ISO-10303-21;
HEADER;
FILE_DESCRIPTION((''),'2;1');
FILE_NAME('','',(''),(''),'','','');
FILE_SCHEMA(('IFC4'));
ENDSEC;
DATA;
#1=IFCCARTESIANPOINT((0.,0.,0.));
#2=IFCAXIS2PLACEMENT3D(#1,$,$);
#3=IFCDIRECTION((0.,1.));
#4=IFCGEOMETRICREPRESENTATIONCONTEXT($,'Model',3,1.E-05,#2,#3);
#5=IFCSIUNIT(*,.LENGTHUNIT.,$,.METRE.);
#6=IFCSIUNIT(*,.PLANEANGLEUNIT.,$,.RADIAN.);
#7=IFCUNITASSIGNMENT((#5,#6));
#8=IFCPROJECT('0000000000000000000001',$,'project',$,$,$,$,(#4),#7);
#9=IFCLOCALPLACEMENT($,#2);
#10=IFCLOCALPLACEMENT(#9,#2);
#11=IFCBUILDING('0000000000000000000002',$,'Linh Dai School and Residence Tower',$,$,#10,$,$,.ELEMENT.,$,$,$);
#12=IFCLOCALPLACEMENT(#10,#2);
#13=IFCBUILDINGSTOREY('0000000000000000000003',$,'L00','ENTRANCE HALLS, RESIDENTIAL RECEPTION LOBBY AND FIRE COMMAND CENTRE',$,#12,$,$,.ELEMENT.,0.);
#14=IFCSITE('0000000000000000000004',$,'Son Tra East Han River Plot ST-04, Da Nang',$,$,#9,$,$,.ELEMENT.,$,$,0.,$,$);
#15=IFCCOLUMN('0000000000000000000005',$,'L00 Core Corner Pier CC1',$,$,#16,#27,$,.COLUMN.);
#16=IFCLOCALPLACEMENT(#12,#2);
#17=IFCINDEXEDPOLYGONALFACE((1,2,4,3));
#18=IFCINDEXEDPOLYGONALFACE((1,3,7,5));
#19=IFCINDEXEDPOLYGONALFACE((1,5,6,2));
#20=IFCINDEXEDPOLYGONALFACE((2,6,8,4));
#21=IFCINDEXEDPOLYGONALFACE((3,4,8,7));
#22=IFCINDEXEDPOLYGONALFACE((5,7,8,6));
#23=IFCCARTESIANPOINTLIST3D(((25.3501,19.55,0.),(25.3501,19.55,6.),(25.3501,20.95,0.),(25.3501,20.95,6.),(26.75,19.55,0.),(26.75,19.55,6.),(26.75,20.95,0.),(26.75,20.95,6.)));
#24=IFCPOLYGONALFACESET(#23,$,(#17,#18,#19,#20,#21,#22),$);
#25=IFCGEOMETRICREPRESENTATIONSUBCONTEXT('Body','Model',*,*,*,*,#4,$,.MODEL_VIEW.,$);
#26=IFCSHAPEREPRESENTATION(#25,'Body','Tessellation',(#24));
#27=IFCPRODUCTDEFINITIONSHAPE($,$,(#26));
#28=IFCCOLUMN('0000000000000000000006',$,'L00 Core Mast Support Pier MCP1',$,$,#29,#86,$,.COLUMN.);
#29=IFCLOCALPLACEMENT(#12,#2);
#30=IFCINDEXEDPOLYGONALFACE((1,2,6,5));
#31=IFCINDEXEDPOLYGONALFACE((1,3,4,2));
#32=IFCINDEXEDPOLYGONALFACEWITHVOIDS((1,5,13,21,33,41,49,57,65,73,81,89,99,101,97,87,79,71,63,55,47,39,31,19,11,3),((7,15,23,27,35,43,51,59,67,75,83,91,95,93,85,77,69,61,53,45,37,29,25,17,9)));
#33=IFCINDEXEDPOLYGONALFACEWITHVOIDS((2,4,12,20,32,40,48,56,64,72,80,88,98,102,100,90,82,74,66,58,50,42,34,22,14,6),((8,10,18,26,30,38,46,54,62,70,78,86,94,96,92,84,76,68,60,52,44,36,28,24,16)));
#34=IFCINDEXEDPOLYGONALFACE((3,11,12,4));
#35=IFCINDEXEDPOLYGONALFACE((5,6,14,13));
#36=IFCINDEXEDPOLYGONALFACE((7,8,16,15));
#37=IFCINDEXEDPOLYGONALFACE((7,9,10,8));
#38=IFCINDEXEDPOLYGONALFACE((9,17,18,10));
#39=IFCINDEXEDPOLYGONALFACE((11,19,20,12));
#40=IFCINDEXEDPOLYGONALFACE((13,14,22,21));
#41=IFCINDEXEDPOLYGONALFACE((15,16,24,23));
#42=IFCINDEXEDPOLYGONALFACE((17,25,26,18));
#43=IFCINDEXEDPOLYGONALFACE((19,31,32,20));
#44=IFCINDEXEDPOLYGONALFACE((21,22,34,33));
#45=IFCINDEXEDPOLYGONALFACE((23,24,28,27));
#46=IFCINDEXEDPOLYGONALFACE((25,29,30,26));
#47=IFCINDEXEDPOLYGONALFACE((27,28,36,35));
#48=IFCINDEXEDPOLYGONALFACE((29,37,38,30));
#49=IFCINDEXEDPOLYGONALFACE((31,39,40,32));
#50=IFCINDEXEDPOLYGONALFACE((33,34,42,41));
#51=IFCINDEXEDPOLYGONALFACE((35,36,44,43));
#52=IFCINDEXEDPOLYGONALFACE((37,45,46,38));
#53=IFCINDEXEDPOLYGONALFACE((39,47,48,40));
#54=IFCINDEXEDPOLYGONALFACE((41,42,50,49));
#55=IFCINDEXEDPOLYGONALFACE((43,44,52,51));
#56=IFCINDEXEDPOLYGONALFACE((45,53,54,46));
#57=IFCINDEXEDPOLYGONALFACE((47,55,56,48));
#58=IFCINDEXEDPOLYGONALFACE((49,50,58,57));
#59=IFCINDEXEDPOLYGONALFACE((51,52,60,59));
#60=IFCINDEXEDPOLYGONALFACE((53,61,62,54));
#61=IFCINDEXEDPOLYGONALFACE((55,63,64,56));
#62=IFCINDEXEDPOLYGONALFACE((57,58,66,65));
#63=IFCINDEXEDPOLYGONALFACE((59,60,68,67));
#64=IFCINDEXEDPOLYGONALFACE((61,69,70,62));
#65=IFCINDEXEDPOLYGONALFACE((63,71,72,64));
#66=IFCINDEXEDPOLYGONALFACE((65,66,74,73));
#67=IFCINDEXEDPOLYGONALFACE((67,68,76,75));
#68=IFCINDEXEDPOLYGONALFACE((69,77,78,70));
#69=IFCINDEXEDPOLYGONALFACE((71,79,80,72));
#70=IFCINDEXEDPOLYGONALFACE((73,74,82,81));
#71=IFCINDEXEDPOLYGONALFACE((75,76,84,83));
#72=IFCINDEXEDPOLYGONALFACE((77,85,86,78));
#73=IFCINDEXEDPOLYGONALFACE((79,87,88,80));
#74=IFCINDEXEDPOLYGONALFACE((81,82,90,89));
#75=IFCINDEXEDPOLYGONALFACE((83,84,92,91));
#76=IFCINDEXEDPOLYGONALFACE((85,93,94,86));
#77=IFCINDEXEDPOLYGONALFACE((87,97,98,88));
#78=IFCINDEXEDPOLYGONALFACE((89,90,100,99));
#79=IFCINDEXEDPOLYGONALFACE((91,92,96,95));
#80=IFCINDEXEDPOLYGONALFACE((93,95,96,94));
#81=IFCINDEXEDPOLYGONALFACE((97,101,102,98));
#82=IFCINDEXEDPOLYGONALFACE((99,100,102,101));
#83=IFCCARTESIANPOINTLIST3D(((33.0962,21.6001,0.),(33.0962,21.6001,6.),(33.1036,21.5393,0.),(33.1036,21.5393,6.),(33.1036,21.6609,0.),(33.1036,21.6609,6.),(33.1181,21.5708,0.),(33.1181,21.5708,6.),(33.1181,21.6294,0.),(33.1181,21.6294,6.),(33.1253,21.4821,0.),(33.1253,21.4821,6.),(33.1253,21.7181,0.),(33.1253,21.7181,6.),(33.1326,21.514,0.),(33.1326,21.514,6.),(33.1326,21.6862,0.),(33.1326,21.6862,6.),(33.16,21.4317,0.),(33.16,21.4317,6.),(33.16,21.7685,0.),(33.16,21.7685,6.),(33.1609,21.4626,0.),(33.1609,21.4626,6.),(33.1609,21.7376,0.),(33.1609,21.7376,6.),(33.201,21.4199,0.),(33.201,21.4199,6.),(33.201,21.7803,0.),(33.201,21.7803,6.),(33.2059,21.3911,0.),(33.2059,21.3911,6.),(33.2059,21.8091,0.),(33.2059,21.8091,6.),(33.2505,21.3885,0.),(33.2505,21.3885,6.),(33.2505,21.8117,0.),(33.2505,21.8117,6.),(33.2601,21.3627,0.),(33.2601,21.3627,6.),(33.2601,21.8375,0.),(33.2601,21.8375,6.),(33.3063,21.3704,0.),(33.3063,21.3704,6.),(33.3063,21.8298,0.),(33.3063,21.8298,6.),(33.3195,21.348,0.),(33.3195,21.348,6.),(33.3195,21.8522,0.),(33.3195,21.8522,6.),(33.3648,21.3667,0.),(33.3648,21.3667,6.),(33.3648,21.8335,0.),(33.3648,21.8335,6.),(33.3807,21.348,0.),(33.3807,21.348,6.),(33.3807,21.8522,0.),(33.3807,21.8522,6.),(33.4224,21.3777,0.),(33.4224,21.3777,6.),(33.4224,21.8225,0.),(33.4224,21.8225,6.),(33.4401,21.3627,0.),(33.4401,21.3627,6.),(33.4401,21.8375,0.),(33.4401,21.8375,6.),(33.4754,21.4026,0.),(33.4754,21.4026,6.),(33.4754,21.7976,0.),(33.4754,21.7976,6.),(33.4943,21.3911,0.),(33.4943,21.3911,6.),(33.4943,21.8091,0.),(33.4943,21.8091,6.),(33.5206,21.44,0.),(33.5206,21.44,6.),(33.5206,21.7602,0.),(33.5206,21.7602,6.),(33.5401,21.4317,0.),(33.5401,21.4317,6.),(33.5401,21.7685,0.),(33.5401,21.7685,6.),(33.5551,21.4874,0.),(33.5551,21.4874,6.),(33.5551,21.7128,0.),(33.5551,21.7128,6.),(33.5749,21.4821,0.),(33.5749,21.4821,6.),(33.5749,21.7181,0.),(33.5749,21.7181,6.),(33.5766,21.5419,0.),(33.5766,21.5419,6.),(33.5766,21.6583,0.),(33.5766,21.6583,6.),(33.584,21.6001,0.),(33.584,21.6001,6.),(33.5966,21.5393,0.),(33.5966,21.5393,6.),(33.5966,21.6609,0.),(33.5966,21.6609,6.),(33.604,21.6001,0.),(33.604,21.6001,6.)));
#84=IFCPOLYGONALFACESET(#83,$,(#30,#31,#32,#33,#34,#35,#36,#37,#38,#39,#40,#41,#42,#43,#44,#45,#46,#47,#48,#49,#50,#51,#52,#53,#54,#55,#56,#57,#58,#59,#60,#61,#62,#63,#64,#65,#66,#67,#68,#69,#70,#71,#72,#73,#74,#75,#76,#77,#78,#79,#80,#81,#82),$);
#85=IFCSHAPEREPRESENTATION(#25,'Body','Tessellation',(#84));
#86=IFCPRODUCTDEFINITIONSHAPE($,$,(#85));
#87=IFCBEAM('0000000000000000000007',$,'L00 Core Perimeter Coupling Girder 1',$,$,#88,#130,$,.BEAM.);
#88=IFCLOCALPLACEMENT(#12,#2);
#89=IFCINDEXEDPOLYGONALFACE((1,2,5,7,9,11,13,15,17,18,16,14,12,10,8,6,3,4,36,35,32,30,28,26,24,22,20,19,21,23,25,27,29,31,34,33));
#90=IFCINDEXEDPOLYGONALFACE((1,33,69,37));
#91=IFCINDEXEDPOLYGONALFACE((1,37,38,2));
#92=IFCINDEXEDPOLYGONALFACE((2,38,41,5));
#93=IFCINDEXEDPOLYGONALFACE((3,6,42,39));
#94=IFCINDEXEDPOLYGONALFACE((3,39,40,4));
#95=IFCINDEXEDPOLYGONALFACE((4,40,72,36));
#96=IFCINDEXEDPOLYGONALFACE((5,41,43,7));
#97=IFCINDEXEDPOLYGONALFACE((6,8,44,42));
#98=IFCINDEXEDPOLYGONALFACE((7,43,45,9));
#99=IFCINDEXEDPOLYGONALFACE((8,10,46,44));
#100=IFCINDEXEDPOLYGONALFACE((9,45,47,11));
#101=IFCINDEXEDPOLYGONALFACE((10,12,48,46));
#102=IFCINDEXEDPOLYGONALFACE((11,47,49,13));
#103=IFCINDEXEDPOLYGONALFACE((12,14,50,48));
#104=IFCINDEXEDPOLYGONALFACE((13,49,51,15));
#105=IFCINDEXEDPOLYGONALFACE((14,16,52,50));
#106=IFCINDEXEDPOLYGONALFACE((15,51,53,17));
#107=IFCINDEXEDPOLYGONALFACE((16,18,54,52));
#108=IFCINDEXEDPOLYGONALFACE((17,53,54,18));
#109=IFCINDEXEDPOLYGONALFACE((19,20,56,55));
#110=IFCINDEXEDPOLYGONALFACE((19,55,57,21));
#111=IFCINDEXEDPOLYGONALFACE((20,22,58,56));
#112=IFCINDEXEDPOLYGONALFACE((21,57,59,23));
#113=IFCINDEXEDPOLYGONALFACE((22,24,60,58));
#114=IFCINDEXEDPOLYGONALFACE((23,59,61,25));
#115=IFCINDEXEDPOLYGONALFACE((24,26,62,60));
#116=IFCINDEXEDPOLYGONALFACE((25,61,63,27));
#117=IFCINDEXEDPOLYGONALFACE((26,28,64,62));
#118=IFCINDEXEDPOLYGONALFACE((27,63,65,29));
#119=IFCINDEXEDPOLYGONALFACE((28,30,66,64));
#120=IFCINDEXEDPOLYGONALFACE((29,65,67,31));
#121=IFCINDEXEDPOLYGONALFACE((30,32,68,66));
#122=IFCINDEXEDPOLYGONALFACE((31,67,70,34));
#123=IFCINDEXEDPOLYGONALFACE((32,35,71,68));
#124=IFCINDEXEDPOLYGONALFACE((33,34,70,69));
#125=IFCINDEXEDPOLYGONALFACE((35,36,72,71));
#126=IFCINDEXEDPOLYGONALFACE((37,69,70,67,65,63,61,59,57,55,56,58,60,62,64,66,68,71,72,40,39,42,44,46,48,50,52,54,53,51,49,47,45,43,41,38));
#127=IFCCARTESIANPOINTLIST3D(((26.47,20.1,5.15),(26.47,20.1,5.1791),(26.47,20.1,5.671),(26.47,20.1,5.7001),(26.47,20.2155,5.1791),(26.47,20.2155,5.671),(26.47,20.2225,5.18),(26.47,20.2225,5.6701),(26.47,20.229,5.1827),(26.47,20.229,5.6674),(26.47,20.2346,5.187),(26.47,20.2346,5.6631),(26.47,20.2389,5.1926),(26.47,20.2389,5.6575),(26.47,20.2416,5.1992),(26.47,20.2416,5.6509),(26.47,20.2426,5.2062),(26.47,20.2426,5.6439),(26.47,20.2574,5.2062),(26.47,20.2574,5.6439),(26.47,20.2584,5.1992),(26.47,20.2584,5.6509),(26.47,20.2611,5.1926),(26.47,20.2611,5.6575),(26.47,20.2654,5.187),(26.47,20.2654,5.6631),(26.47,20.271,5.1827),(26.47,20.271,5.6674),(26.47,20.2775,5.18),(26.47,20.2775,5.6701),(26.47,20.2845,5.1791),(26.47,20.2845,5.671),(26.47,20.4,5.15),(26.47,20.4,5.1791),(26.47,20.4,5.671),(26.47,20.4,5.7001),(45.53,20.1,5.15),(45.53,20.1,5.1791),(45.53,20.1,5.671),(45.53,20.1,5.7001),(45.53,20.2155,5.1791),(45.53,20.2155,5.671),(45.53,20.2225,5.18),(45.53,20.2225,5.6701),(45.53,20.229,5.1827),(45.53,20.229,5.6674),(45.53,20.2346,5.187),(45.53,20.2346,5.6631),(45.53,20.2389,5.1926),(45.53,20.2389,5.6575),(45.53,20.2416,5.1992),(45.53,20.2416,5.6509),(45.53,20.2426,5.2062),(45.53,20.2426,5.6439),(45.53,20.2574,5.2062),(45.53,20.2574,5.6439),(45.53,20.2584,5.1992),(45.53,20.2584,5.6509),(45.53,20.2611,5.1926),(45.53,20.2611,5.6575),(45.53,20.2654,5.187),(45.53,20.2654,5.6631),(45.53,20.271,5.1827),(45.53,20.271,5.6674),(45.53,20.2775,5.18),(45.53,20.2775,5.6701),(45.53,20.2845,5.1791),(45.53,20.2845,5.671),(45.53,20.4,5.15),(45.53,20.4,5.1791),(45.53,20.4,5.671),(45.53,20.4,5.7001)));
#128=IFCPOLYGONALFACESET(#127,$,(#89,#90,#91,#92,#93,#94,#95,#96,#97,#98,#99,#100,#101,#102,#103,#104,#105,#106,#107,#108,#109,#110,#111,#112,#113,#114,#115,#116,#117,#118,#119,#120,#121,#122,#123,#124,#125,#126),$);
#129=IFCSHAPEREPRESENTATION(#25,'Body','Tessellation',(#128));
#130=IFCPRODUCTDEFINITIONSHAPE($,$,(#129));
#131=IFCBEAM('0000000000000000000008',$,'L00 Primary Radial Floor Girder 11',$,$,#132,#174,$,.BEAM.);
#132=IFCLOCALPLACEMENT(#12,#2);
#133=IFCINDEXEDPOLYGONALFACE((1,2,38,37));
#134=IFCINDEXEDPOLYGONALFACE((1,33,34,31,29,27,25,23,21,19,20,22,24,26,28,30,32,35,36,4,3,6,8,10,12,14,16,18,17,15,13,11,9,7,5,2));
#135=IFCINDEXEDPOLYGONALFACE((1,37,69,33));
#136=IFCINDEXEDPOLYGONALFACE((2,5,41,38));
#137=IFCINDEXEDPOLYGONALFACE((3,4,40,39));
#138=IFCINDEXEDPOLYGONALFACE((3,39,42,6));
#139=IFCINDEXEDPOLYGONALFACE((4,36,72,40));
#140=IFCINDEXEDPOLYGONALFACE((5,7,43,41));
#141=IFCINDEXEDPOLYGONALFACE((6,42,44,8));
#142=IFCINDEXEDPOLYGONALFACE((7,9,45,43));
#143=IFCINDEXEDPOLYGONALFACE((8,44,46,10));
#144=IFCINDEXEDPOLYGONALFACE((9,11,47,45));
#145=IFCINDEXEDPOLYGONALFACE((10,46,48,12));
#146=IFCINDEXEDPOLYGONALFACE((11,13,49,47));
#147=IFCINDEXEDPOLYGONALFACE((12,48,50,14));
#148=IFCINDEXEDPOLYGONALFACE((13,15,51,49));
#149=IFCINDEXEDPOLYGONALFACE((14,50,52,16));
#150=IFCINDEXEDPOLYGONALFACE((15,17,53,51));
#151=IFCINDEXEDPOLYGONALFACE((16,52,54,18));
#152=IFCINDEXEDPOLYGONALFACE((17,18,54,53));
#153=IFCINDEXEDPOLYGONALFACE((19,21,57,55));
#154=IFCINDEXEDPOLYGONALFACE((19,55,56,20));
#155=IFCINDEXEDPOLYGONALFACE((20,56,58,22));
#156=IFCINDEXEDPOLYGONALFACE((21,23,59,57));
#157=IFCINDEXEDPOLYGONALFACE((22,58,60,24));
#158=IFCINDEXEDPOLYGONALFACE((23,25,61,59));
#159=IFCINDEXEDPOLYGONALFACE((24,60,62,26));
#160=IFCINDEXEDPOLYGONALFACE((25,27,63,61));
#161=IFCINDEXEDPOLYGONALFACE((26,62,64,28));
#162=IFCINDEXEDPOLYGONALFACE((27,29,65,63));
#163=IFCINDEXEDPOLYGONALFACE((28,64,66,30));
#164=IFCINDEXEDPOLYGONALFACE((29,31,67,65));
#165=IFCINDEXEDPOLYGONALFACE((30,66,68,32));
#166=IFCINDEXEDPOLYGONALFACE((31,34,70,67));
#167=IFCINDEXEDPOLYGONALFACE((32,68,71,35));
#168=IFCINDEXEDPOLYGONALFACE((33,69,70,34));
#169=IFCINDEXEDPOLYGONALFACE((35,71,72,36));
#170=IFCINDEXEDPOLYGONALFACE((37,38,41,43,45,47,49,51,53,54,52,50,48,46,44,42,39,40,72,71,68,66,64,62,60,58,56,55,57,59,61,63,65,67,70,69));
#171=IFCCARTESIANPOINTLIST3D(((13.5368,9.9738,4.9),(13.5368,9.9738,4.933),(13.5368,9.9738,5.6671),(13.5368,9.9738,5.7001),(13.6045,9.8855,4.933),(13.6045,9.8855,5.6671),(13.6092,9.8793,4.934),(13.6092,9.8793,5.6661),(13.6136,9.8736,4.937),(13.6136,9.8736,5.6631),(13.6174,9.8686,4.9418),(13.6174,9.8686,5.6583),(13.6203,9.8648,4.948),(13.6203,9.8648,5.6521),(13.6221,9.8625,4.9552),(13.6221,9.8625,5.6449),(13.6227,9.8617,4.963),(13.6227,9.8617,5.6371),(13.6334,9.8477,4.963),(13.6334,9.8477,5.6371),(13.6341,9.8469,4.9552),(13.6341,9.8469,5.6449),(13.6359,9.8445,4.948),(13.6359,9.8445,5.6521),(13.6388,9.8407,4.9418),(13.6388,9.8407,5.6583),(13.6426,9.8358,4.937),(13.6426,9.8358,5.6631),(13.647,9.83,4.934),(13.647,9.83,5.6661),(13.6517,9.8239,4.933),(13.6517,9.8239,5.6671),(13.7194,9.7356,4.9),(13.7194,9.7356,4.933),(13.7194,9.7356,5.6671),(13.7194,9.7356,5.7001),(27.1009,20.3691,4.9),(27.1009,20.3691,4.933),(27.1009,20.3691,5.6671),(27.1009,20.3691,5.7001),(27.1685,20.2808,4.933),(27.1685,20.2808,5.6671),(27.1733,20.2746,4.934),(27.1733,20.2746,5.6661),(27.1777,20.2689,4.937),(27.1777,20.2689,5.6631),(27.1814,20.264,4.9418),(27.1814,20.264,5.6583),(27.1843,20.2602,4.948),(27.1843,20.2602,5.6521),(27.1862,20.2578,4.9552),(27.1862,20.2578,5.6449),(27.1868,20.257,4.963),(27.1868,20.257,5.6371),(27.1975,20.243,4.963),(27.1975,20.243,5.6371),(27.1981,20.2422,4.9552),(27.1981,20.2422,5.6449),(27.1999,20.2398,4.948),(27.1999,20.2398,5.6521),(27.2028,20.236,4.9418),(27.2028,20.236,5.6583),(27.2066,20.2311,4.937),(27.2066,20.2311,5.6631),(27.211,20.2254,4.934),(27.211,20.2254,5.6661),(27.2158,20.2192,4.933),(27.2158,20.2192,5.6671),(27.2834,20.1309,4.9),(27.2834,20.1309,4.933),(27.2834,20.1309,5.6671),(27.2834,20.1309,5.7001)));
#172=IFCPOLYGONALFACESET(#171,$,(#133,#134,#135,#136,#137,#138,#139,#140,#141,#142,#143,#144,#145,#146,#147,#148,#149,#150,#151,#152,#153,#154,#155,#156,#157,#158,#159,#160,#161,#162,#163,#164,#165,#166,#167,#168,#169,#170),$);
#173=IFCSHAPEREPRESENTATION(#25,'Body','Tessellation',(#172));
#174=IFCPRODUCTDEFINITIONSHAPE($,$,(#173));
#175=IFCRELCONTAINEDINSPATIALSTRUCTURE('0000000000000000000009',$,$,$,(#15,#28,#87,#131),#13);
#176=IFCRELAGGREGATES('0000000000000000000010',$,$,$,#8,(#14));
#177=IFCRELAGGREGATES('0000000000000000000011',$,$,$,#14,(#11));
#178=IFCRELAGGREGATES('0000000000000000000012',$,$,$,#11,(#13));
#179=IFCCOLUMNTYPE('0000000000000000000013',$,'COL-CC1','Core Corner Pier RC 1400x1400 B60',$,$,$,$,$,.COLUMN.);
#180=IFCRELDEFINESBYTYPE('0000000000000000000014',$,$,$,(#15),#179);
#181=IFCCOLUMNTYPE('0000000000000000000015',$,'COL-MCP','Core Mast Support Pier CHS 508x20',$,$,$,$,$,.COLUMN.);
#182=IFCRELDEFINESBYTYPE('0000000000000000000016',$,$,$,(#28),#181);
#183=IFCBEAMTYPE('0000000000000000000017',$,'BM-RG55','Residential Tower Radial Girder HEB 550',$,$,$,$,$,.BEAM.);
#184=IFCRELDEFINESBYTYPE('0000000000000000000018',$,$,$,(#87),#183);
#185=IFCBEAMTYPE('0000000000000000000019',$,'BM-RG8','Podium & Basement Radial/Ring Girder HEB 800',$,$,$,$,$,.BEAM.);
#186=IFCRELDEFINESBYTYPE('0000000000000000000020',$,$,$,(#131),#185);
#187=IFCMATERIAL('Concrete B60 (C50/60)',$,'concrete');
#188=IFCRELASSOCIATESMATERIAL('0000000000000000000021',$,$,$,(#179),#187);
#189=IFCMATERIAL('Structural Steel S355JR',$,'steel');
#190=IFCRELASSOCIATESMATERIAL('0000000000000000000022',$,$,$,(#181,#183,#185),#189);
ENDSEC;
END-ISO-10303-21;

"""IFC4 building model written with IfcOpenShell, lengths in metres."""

from ifc_helpers import new_model, si_unit, direction, frame, origin, origin_2d, place, context, subcontext, project, spatial, rectangle, hollow_circle, i_section, extrude, material, material_profile, profile_set, type_object, element, save


model = new_model("IFC4")

# Units and contexts
model_context = context("Model", 3, precision=1e-05, world=origin(), true_north=direction((0.0, 1.0)))
body_context = subcontext(model_context, "Body", "Model", "MODEL_VIEW")
ifc_project = project(units=[si_unit("LENGTHUNIT", "METRE"), si_unit("PLANEANGLEUNIT", "RADIAN")], contexts=[model_context])

# Site, building, storey
site_placement = place(None, origin())
site = spatial("IfcSite", under=ifc_project, at=site_placement, Name="Son Tra East Han River Plot ST-04, Da Nang", CompositionType="ELEMENT", RefElevation=0.0)
building_placement = place(site_placement, origin())
building = spatial("IfcBuilding", under=site, at=building_placement, Name="Linh Dai School and Residence Tower", CompositionType="ELEMENT")
storey_placement = place(building_placement, origin())
storey = spatial("IfcBuildingStorey", under=building, at=storey_placement, Name="L00", Description="ENTRANCE HALLS, RESIDENTIAL RECEPTION LOBBY AND FIRE COMMAND CENTRE", CompositionType="ELEMENT", Elevation=0.0)

# Columns
ifc_material_1 = material(Name="Concrete B60 (C50/60)", Category="concrete")
ifc_material_profile_1 = material_profile(ifc_material_1, rectangle(XDim=1.3999, YDim=1.3999, at=origin_2d()), Name="RC 1400x1400")
ifc_profile_set_1 = profile_set([ifc_material_profile_1], Name="Concrete B60 (C50/60)")
column_type_1 = type_object("IfcColumnType", Name="COL-CC1", Description="Core Corner Pier RC 1400x1400 B60", PredefinedType="COLUMN", material=ifc_profile_set_1)
column_1_placement = place(storey_placement, frame((26.05, 20.25, 0.0), z_axis=(0.0, 0.0, 1.0), x_axis=(1.0, 0.0, 0.0)))
element("IfcColumn", 1, at=column_1_placement, inside=storey, type_object=column_type_1, Name="L00 Core Corner Pier CC1", PredefinedType="COLUMN", context=body_context, shape_type="SweptSolid", body=[
    extrude(rectangle(XDim=1.3999, YDim=1.3999, at=origin_2d()), origin(), (0.0, 0.0, 1.0), 6.0),
])
ifc_material_2 = material(Name="Structural Steel S355JR", Category="steel")
ifc_material_profile_2 = material_profile(ifc_material_2, hollow_circle(Radius=0.2539, WallThickness=0.02, at=origin_2d()), Name="CHS 508x20")
ifc_profile_set_2 = profile_set([ifc_material_profile_2], Name="Structural Steel S355JR")
column_type_2 = type_object("IfcColumnType", Name="COL-MCP", Description="Core Mast Support Pier CHS 508x20", PredefinedType="COLUMN", material=ifc_profile_set_2)
column_2_placement = place(storey_placement, frame((33.3501, 21.6001, 0.0), z_axis=(0.0, 0.0, 1.0), x_axis=(1.0, 0.0, 0.0)))
element("IfcColumn", 2, at=column_2_placement, inside=storey, type_object=column_type_2, Name="L00 Core Mast Support Pier MCP1", PredefinedType="COLUMN", context=body_context, shape_type="SweptSolid", body=[
    extrude(hollow_circle(Radius=0.2539, WallThickness=0.02, at=origin_2d()), origin(), (0.0, 0.0, 1.0), 6.0),
])

# Beams
ifc_material_profile_3 = material_profile(ifc_material_2, i_section(OverallWidth=0.3, OverallDepth=0.55, WebThickness=0.0149, FlangeThickness=0.0291, FilletRadius=0.0271, at=origin_2d()), Name="HEB 550")
ifc_profile_set_3 = profile_set([ifc_material_profile_3], Name="Structural Steel S355JR")
beam_type_1 = type_object("IfcBeamType", Name="BM-RG55", Description="Residential Tower Radial Girder HEB 550", PredefinedType="BEAM", material=ifc_profile_set_3)
beam_1_placement = place(storey_placement, frame((26.47, 20.25, 5.425), z_axis=(1.0, 0.0, 0.0), x_axis=(0.0, 1.0, 0.0)))
element("IfcBeam", 3, at=beam_1_placement, inside=storey, type_object=beam_type_1, Name="L00 Core Perimeter Coupling Girder 1", PredefinedType="BEAM", context=body_context, shape_type="SweptSolid", body=[
    extrude(i_section(OverallWidth=0.3, OverallDepth=0.55, WebThickness=0.0149, FlangeThickness=0.0291, FilletRadius=0.0271, at=origin_2d()), origin(), (0.0, 0.0, 1.0), 19.0601),
])
ifc_material_profile_4 = material_profile(ifc_material_2, i_section(OverallWidth=0.3, OverallDepth=0.8, WebThickness=0.0176, FlangeThickness=0.033, FilletRadius=0.03, at=origin_2d()), Name="HEB 800")
ifc_profile_set_4 = profile_set([ifc_material_profile_4], Name="Structural Steel S355JR")
beam_type_2 = type_object("IfcBeamType", Name="BM-RG8", Description="Podium & Basement Radial/Ring Girder HEB 800", PredefinedType="BEAM", material=ifc_profile_set_4)
beam_2_placement = place(storey_placement, frame((27.1921, 20.25, 5.3), z_axis=(-0.793713, -0.608292, 0.0), x_axis=(0.608292, -0.793713, 0.0)))
element("IfcBeam", 4, at=beam_2_placement, inside=storey, type_object=beam_type_2, Name="L00 Primary Radial Floor Girder 11", PredefinedType="BEAM", context=body_context, shape_type="SweptSolid", body=[
    extrude(i_section(OverallWidth=0.3, OverallDepth=0.8, WebThickness=0.0176, FlangeThickness=0.033, FilletRadius=0.03, at=origin_2d()), origin(), (0.0, 0.0, 1.0), 17.0894),
])

save(model, "model.ifc")
